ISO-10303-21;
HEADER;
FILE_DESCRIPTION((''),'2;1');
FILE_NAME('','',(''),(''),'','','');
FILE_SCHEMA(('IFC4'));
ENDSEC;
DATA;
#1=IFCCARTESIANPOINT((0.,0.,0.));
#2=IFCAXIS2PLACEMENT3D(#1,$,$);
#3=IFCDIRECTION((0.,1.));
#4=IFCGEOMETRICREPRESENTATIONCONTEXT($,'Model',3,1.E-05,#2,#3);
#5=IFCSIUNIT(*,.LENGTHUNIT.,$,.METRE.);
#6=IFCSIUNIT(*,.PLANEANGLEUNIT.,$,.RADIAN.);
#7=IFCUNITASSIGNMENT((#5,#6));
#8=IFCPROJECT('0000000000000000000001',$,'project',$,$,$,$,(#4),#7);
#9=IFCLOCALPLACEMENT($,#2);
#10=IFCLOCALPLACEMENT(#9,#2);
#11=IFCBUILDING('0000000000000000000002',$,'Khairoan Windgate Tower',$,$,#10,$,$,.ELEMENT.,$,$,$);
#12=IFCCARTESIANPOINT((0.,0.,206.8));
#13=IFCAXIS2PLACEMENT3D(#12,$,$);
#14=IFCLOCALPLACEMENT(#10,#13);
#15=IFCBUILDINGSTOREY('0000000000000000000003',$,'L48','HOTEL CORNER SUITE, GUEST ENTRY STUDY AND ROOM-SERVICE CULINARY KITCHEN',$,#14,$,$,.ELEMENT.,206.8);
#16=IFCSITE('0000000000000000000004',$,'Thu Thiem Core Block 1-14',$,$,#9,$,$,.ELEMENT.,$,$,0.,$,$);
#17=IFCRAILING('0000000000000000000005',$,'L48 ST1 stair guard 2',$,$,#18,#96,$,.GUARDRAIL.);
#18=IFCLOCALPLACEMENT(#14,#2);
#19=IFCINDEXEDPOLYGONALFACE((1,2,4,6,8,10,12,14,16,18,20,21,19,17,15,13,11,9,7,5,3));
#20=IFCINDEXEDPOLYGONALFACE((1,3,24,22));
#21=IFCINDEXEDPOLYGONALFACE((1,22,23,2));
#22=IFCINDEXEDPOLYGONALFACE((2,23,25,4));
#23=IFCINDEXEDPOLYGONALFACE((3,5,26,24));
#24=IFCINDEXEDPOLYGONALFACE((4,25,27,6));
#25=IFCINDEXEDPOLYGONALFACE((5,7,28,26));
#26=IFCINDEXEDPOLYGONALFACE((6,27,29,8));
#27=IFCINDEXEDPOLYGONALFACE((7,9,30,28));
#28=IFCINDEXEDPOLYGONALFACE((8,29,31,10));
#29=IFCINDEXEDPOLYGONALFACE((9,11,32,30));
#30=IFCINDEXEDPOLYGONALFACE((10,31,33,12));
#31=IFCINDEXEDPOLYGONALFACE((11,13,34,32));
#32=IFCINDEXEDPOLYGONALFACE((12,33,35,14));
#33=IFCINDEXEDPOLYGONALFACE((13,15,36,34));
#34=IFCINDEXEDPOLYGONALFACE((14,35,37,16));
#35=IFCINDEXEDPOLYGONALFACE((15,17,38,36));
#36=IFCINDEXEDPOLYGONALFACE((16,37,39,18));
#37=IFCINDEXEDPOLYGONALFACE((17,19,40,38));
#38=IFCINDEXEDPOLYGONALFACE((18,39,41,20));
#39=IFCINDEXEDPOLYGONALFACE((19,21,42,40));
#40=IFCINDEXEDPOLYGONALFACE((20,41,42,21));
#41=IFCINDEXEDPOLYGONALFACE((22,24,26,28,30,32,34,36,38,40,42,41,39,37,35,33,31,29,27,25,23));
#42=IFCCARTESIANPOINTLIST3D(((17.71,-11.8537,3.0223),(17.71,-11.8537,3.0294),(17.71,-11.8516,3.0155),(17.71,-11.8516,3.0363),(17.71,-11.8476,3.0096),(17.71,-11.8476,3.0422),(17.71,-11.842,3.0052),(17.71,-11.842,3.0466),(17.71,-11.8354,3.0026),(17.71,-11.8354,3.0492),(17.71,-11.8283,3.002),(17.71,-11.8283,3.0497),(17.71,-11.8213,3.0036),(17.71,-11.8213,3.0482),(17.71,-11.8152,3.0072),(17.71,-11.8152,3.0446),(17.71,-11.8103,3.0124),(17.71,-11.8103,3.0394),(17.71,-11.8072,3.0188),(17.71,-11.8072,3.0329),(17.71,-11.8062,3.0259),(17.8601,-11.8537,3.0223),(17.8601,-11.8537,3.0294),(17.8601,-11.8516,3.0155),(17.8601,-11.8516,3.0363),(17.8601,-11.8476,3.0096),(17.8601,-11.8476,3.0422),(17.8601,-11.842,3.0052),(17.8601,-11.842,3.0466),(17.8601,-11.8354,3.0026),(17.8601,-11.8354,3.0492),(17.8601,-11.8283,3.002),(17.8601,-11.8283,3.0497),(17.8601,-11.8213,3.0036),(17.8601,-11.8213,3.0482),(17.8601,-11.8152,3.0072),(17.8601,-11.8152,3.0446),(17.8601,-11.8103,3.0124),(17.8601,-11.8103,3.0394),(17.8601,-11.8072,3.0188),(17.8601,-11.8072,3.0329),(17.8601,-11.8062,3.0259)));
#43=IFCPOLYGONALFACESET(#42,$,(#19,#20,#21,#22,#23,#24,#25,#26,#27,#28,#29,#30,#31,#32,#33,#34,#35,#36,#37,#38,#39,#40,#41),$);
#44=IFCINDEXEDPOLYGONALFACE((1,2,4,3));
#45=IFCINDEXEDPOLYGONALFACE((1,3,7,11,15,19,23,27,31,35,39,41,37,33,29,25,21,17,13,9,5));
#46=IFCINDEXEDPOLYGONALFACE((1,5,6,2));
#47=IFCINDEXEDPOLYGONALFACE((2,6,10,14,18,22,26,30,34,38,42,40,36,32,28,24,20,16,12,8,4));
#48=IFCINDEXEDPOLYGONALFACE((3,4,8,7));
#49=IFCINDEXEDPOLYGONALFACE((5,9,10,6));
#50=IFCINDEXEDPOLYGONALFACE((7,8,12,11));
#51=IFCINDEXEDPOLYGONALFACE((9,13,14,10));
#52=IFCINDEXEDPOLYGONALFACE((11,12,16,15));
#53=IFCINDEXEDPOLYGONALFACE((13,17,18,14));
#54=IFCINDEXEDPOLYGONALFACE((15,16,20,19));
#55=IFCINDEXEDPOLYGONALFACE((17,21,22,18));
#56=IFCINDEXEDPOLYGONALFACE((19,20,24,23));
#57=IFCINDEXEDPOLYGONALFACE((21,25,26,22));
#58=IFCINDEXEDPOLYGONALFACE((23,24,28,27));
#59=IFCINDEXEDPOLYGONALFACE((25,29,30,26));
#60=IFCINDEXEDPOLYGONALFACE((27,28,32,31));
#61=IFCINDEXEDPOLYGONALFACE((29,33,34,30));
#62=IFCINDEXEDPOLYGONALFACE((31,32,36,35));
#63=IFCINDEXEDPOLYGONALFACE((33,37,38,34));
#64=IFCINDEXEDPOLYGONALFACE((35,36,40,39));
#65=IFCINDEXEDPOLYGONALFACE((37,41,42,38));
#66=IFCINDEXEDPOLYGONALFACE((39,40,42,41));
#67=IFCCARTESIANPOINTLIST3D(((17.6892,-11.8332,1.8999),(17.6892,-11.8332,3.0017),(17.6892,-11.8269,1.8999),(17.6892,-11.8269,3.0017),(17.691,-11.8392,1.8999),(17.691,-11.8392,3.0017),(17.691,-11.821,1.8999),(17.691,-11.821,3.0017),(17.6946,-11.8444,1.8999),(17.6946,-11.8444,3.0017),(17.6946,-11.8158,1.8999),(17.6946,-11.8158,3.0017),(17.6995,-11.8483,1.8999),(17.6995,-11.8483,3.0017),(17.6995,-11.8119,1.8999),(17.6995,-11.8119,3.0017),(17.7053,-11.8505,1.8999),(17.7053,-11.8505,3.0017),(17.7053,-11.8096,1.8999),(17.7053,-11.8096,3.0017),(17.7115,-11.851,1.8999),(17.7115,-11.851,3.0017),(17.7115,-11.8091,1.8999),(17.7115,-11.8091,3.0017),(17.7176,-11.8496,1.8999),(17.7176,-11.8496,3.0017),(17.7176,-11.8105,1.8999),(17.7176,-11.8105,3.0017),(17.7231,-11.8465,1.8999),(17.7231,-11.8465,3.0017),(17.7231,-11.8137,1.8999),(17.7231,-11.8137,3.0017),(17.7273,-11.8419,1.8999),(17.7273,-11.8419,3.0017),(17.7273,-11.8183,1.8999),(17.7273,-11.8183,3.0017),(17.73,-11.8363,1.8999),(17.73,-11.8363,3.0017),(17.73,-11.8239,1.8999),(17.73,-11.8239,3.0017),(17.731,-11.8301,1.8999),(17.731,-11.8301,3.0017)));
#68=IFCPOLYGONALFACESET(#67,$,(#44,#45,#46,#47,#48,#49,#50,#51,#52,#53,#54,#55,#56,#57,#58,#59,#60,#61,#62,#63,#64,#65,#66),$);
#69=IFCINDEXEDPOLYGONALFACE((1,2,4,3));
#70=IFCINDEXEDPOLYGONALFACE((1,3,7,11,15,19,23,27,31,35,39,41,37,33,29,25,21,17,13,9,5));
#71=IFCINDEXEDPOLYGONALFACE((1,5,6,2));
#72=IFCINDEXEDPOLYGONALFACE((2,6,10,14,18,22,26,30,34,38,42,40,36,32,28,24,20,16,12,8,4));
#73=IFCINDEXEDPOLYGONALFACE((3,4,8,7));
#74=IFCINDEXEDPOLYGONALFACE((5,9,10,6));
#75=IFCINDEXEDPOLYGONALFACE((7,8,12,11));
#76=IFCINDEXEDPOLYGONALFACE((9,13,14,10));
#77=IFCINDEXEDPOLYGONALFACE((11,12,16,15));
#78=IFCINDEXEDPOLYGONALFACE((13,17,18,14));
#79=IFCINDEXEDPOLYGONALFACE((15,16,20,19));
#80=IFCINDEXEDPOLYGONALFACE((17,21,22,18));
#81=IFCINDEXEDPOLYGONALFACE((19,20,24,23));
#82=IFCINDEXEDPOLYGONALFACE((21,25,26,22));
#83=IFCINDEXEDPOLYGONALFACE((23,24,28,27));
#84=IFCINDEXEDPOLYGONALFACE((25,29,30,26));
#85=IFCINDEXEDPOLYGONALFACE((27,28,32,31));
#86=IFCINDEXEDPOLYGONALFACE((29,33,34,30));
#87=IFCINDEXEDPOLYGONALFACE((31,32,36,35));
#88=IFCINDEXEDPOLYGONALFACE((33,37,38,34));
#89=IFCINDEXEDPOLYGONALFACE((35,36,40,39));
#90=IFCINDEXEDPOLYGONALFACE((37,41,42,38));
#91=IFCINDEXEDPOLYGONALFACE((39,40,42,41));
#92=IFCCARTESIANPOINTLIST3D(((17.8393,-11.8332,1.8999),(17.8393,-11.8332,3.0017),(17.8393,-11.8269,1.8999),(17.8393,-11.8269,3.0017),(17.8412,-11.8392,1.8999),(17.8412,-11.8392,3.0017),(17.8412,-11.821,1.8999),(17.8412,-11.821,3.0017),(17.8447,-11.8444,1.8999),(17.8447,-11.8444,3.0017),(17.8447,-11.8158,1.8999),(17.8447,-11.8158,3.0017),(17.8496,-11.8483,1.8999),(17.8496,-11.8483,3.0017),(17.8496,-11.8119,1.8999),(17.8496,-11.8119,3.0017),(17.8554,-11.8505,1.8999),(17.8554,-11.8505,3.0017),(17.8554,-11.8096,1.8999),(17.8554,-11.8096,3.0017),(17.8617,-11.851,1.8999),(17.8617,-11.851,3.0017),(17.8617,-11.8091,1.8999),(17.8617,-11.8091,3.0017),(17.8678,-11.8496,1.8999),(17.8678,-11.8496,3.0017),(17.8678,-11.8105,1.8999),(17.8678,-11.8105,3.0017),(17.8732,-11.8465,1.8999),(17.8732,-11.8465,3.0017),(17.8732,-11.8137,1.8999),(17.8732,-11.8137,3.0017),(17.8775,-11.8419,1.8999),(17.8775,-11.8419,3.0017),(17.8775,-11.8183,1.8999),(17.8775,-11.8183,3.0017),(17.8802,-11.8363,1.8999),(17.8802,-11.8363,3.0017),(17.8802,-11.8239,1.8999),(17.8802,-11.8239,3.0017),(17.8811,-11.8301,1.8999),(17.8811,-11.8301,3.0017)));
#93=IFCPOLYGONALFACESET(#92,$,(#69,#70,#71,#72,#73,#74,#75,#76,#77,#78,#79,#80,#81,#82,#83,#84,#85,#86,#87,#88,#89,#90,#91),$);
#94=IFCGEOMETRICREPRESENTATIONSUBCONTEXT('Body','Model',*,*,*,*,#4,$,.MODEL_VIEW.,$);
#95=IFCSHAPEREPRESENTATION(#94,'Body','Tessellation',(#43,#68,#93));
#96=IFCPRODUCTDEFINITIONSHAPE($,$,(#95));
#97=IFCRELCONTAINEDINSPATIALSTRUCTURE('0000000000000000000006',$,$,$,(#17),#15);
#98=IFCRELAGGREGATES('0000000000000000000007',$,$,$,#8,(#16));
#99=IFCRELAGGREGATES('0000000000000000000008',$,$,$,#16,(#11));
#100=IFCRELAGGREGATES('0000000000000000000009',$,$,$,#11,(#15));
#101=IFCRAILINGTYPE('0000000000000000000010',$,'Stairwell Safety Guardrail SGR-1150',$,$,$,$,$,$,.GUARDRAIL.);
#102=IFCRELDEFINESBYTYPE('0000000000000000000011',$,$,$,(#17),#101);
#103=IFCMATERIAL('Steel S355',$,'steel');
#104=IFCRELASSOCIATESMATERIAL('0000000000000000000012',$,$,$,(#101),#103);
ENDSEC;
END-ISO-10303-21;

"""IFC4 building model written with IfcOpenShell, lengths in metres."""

from ifc_helpers import new_model, si_unit, direction, frame, origin, origin_2d, place, context, subcontext, project, spatial, circle, extrude, material, type_object, element, save


model = new_model("IFC4")

# Units and contexts
model_context = context("Model", 3, precision=1e-05, world=origin(), true_north=direction((0.0, 1.0)))
body_context = subcontext(model_context, "Body", "Model", "MODEL_VIEW")
ifc_project = project(units=[si_unit("LENGTHUNIT", "METRE"), si_unit("PLANEANGLEUNIT", "RADIAN")], contexts=[model_context])

# Site, building, storey
site_placement = place(None, origin())
site = spatial("IfcSite", under=ifc_project, at=site_placement, Name="Thu Thiem Core Block 1-14", CompositionType="ELEMENT", RefElevation=0.0)
building_placement = place(site_placement, origin())
building = spatial("IfcBuilding", under=site, at=building_placement, Name="Khairoan Windgate Tower", CompositionType="ELEMENT")
storey_placement = place(building_placement, frame((0.0, 0.0, 206.8)))
storey = spatial("IfcBuildingStorey", under=building, at=storey_placement, Name="L48", Description="HOTEL CORNER SUITE, GUEST ENTRY STUDY AND ROOM-SERVICE CULINARY KITCHEN", CompositionType="ELEMENT", Elevation=206.8)

# Railing
ifc_material_1 = material(Name="Steel S355", Category="steel")
railing_type_1 = type_object("IfcRailingType", Name="Stairwell Safety Guardrail SGR-1150", PredefinedType="GUARDRAIL", material=ifc_material_1)
railing_1_placement = place(storey_placement, frame((17.71, -11.8301, 1.8999)))
element("IfcRailing", 1, at=railing_1_placement, inside=storey, type_object=railing_type_1, Name="L48 ST1 stair guard 2", PredefinedType="GUARDRAIL", context=body_context, shape_type="SweptSolid", body=[
    extrude(circle(Radius=0.0239, at=origin_2d()), frame((0.0, 0.0, 1.126), z_axis=(1.0, 0.0, 0.0), x_axis=(0.0, 1.0, 0.0)), (0.0, 0.0, 1.0), 0.1501),
    extrude(circle(Radius=0.021, at=origin_2d()), origin(), (0.0, 0.0, 1.0), 1.1018),
    extrude(circle(Radius=0.021, at=origin_2d()), frame((0.1501, 0.0, 0.0)), (0.0, 0.0, 1.0), 1.1018),
])

save(model, "model.ifc")
